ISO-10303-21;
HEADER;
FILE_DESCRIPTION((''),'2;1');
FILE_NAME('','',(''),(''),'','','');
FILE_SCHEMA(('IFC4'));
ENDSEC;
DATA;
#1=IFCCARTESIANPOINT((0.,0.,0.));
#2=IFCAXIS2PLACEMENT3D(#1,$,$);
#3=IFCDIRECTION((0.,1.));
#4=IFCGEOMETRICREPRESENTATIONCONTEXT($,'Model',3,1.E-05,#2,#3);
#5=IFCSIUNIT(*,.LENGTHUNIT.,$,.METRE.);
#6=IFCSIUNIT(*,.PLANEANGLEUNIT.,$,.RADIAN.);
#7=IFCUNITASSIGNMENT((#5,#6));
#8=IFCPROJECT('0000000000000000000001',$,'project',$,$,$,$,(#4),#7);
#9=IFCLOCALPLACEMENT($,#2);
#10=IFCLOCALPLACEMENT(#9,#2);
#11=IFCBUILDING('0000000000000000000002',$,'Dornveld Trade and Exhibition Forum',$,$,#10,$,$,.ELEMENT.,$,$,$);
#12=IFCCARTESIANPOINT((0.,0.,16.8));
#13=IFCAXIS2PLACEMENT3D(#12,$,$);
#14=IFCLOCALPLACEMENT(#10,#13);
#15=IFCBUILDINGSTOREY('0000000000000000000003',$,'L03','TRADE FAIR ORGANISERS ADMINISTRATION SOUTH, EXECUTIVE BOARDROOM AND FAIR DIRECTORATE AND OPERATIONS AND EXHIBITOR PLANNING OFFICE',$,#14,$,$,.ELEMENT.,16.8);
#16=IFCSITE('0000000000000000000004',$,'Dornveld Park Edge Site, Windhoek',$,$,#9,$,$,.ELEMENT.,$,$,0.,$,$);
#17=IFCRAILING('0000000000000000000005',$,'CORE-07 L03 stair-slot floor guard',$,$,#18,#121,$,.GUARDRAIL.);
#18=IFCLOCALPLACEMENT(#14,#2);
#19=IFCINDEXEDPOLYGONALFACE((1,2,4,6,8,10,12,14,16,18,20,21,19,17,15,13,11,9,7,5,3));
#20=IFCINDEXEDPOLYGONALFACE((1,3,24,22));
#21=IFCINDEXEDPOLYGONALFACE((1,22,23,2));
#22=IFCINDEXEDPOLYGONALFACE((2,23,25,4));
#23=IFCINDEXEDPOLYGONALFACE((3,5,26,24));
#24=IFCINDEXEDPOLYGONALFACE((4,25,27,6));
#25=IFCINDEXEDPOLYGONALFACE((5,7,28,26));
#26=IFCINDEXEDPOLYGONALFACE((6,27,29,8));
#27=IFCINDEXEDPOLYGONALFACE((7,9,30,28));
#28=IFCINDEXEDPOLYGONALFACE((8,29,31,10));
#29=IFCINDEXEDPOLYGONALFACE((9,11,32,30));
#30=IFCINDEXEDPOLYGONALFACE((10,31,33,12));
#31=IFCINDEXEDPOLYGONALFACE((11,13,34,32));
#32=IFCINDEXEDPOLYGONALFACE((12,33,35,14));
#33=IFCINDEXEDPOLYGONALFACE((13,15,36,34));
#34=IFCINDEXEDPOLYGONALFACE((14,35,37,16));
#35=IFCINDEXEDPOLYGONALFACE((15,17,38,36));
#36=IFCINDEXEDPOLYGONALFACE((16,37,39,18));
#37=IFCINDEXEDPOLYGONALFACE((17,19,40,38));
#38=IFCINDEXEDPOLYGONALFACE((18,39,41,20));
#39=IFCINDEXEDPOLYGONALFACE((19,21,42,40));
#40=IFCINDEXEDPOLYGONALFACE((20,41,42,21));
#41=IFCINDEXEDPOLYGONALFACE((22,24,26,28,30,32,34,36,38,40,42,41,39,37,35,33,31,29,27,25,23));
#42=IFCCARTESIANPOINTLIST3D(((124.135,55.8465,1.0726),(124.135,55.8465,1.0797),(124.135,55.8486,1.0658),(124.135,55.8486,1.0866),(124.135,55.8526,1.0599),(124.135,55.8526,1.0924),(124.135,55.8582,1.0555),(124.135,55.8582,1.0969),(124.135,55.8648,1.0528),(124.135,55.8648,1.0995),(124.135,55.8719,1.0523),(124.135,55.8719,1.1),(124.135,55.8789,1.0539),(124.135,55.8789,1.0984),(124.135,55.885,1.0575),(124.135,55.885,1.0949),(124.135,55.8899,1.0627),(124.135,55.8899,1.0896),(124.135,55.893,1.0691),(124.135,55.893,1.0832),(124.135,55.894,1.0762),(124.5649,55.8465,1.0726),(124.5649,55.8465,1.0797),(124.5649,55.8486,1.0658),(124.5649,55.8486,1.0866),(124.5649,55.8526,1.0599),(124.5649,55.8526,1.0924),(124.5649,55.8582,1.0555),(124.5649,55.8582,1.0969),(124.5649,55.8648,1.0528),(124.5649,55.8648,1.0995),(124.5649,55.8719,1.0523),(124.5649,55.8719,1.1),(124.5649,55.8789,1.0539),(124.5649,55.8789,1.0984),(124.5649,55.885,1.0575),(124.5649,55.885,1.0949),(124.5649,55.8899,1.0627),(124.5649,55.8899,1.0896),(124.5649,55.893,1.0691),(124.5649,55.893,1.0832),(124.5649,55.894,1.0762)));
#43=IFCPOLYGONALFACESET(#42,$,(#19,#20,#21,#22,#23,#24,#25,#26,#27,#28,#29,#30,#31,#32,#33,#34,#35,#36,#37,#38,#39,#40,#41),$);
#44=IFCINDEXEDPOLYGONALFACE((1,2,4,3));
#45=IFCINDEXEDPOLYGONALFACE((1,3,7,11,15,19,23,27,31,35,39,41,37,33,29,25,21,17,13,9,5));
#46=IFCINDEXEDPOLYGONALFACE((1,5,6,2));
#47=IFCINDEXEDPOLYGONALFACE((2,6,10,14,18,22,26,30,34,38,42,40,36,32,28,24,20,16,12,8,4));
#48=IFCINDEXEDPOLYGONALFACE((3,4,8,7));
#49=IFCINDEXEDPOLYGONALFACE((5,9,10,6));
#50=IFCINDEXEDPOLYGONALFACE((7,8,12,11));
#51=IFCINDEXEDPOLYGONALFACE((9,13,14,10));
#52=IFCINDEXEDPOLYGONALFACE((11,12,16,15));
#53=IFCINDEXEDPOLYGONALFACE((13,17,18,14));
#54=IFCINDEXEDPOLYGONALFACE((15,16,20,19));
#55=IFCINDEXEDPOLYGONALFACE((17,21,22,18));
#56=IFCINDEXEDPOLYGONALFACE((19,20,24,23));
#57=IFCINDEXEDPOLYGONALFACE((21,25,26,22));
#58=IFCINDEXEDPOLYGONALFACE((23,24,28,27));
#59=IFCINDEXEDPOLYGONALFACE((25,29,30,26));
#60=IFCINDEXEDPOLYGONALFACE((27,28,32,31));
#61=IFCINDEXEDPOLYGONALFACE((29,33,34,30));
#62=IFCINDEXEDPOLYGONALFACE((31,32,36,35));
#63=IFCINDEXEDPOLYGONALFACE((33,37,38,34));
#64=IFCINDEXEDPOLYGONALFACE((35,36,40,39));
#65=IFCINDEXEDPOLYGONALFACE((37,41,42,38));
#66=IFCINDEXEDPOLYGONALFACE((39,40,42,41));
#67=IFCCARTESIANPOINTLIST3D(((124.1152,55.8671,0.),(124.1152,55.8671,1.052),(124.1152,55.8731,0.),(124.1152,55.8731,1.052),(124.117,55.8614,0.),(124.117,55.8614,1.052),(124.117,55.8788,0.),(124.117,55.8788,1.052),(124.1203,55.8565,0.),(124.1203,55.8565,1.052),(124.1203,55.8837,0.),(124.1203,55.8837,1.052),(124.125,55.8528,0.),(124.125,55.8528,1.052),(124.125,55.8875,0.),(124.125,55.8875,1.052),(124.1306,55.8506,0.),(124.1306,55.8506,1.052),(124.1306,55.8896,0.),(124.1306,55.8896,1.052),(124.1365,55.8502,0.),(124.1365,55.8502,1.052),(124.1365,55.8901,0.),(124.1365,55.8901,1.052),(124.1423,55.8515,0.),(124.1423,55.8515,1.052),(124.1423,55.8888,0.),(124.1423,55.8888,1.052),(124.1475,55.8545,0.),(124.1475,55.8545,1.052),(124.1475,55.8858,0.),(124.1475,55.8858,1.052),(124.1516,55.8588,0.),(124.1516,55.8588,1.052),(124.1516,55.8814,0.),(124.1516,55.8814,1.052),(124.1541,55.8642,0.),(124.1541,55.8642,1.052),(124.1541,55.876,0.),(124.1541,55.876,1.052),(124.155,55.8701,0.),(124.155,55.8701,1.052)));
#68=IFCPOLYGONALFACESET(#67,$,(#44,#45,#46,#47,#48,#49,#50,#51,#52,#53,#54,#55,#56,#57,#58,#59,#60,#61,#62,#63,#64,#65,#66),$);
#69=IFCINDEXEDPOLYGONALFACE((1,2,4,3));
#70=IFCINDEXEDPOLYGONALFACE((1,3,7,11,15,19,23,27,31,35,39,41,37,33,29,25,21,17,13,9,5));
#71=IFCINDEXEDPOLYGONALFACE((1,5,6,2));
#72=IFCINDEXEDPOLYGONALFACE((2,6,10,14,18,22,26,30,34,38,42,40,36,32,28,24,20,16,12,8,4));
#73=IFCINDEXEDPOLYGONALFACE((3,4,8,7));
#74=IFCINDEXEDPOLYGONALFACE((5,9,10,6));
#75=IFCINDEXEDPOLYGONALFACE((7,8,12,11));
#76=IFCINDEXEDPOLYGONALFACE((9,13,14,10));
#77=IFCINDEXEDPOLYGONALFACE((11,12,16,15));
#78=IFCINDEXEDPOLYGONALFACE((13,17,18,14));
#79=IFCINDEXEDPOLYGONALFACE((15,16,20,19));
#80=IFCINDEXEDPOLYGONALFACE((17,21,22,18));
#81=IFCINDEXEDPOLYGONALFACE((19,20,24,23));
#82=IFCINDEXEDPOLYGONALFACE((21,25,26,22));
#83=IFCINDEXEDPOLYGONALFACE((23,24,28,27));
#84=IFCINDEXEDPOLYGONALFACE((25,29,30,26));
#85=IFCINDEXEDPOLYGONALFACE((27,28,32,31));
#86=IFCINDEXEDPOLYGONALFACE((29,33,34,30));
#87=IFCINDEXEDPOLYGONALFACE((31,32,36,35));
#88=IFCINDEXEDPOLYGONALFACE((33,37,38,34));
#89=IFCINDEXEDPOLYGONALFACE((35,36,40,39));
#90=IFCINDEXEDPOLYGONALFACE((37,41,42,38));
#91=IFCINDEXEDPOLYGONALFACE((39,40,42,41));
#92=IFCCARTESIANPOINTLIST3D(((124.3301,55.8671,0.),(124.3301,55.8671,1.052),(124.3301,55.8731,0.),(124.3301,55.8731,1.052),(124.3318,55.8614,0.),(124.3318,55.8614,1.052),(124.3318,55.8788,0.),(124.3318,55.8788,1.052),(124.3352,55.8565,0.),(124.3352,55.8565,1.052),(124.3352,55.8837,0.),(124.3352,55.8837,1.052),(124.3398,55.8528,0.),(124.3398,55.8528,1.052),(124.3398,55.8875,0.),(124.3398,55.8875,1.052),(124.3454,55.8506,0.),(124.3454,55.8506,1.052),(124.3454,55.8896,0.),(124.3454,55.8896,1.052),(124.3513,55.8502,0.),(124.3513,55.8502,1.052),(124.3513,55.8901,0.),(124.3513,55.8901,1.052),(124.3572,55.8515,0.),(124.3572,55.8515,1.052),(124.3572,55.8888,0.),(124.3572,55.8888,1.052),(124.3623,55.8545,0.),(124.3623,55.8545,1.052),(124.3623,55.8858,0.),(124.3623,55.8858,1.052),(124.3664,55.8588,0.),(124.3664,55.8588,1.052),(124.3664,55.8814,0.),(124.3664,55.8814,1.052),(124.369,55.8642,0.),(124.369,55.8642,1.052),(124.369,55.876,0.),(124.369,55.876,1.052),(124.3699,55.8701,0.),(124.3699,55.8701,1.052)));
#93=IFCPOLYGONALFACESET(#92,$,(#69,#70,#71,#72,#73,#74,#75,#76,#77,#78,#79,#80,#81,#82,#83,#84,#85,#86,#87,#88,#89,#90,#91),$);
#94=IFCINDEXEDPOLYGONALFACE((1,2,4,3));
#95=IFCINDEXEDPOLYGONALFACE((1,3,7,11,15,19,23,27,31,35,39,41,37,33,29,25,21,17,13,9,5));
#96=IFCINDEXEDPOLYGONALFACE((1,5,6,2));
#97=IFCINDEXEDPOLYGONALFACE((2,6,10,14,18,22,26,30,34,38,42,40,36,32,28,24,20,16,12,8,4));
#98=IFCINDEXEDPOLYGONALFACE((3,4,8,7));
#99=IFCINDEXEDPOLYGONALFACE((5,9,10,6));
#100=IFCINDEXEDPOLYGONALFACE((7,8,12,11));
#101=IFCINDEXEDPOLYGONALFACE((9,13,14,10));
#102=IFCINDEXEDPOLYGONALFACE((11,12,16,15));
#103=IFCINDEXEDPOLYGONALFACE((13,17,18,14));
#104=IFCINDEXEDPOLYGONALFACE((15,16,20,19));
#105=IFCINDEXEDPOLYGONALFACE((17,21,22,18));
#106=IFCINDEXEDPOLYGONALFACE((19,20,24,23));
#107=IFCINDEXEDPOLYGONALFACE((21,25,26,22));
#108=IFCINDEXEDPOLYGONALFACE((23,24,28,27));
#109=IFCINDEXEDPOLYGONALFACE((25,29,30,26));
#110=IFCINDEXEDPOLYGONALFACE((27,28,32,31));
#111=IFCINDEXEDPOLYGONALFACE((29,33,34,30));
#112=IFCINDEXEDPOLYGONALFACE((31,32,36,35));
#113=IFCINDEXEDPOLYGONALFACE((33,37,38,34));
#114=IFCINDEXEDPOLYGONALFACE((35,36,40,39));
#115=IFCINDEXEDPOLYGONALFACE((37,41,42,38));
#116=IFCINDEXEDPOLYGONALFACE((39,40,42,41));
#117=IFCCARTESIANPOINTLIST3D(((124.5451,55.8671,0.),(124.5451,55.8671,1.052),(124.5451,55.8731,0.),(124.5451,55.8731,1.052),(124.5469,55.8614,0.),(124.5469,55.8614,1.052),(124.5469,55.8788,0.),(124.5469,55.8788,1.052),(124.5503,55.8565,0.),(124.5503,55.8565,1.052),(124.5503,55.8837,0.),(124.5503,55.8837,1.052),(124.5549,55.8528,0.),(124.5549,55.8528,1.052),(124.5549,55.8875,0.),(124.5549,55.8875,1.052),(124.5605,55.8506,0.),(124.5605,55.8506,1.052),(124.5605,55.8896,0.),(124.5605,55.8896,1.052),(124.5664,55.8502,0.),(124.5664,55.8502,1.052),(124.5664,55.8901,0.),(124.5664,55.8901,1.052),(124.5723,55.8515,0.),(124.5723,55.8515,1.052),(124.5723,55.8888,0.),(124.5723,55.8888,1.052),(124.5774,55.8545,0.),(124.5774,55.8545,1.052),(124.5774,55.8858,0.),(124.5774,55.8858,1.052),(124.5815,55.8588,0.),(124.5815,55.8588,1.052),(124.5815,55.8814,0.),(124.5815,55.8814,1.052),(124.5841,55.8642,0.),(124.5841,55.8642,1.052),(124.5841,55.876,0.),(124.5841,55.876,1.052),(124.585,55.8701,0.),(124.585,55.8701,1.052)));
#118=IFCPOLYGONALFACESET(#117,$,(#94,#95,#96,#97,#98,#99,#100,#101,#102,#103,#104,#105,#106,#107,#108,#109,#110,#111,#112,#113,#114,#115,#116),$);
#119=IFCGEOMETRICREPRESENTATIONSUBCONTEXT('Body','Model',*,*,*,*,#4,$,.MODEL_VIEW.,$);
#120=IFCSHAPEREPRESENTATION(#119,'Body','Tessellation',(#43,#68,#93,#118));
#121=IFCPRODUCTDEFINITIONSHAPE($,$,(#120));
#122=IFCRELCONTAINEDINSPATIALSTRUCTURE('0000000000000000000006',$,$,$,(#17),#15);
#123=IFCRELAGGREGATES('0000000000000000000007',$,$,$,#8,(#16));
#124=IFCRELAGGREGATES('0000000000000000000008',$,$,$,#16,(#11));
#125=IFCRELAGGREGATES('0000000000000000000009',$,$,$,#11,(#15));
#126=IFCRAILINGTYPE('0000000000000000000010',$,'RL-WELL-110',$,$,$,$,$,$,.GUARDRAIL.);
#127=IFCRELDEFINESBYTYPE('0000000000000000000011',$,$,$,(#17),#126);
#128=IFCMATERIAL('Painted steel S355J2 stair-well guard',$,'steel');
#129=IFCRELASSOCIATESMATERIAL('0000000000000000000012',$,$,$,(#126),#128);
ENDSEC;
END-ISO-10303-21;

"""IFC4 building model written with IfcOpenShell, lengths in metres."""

from ifc_helpers import new_model, si_unit, direction, frame, origin, origin_2d, place, context, subcontext, project, spatial, circle, extrude, material, type_object, element, save


model = new_model("IFC4")

# Units and contexts
model_context = context("Model", 3, precision=1e-05, world=origin(), true_north=direction((0.0, 1.0)))
body_context = subcontext(model_context, "Body", "Model", "MODEL_VIEW")
ifc_project = project(units=[si_unit("LENGTHUNIT", "METRE"), si_unit("PLANEANGLEUNIT", "RADIAN")], contexts=[model_context])

# Site, building, storey
site_placement = place(None, origin())
site = spatial("IfcSite", under=ifc_project, at=site_placement, Name="Dornveld Park Edge Site, Windhoek", CompositionType="ELEMENT", RefElevation=0.0)
building_placement = place(site_placement, origin())
building = spatial("IfcBuilding", under=site, at=building_placement, Name="Dornveld Trade and Exhibition Forum", CompositionType="ELEMENT")
storey_placement = place(building_placement, frame((0.0, 0.0, 16.8)))
storey = spatial("IfcBuildingStorey", under=building, at=storey_placement, Name="L03", Description="TRADE FAIR ORGANISERS ADMINISTRATION SOUTH, EXECUTIVE BOARDROOM AND FAIR DIRECTORATE AND OPERATIONS AND EXHIBITOR PLANNING OFFICE", CompositionType="ELEMENT", Elevation=16.8)

# Railing
ifc_material_1 = material(Name="Painted steel S355J2 stair-well guard", Category="steel")
railing_type_1 = type_object("IfcRailingType", Name="RL-WELL-110", PredefinedType="GUARDRAIL", material=ifc_material_1)
railing_1_placement = place(storey_placement, frame((124.135, 55.8701, 0.0)))
element("IfcRailing", 1, at=railing_1_placement, inside=storey, type_object=railing_type_1, Name="CORE-07 L03 stair-slot floor guard", PredefinedType="GUARDRAIL", context=body_context, shape_type="SweptSolid", body=[
    extrude(circle(Radius=0.0239, at=origin_2d()), frame((0.0, 0.0, 1.0762), z_axis=(1.0, 0.0, 0.0), x_axis=(0.0, 1.0, 0.0)), (0.0, 0.0, 1.0), 0.4299),
    extrude(circle(Radius=0.02, at=origin_2d()), origin(), (0.0, 0.0, 1.0), 1.052),
    extrude(circle(Radius=0.02, at=origin_2d()), frame((0.2148, 0.0, 0.0)), (0.0, 0.0, 1.0), 1.052),
    extrude(circle(Radius=0.02, at=origin_2d()), frame((0.4299, 0.0, 0.0)), (0.0, 0.0, 1.0), 1.052),
])

save(model, "model.ifc")
